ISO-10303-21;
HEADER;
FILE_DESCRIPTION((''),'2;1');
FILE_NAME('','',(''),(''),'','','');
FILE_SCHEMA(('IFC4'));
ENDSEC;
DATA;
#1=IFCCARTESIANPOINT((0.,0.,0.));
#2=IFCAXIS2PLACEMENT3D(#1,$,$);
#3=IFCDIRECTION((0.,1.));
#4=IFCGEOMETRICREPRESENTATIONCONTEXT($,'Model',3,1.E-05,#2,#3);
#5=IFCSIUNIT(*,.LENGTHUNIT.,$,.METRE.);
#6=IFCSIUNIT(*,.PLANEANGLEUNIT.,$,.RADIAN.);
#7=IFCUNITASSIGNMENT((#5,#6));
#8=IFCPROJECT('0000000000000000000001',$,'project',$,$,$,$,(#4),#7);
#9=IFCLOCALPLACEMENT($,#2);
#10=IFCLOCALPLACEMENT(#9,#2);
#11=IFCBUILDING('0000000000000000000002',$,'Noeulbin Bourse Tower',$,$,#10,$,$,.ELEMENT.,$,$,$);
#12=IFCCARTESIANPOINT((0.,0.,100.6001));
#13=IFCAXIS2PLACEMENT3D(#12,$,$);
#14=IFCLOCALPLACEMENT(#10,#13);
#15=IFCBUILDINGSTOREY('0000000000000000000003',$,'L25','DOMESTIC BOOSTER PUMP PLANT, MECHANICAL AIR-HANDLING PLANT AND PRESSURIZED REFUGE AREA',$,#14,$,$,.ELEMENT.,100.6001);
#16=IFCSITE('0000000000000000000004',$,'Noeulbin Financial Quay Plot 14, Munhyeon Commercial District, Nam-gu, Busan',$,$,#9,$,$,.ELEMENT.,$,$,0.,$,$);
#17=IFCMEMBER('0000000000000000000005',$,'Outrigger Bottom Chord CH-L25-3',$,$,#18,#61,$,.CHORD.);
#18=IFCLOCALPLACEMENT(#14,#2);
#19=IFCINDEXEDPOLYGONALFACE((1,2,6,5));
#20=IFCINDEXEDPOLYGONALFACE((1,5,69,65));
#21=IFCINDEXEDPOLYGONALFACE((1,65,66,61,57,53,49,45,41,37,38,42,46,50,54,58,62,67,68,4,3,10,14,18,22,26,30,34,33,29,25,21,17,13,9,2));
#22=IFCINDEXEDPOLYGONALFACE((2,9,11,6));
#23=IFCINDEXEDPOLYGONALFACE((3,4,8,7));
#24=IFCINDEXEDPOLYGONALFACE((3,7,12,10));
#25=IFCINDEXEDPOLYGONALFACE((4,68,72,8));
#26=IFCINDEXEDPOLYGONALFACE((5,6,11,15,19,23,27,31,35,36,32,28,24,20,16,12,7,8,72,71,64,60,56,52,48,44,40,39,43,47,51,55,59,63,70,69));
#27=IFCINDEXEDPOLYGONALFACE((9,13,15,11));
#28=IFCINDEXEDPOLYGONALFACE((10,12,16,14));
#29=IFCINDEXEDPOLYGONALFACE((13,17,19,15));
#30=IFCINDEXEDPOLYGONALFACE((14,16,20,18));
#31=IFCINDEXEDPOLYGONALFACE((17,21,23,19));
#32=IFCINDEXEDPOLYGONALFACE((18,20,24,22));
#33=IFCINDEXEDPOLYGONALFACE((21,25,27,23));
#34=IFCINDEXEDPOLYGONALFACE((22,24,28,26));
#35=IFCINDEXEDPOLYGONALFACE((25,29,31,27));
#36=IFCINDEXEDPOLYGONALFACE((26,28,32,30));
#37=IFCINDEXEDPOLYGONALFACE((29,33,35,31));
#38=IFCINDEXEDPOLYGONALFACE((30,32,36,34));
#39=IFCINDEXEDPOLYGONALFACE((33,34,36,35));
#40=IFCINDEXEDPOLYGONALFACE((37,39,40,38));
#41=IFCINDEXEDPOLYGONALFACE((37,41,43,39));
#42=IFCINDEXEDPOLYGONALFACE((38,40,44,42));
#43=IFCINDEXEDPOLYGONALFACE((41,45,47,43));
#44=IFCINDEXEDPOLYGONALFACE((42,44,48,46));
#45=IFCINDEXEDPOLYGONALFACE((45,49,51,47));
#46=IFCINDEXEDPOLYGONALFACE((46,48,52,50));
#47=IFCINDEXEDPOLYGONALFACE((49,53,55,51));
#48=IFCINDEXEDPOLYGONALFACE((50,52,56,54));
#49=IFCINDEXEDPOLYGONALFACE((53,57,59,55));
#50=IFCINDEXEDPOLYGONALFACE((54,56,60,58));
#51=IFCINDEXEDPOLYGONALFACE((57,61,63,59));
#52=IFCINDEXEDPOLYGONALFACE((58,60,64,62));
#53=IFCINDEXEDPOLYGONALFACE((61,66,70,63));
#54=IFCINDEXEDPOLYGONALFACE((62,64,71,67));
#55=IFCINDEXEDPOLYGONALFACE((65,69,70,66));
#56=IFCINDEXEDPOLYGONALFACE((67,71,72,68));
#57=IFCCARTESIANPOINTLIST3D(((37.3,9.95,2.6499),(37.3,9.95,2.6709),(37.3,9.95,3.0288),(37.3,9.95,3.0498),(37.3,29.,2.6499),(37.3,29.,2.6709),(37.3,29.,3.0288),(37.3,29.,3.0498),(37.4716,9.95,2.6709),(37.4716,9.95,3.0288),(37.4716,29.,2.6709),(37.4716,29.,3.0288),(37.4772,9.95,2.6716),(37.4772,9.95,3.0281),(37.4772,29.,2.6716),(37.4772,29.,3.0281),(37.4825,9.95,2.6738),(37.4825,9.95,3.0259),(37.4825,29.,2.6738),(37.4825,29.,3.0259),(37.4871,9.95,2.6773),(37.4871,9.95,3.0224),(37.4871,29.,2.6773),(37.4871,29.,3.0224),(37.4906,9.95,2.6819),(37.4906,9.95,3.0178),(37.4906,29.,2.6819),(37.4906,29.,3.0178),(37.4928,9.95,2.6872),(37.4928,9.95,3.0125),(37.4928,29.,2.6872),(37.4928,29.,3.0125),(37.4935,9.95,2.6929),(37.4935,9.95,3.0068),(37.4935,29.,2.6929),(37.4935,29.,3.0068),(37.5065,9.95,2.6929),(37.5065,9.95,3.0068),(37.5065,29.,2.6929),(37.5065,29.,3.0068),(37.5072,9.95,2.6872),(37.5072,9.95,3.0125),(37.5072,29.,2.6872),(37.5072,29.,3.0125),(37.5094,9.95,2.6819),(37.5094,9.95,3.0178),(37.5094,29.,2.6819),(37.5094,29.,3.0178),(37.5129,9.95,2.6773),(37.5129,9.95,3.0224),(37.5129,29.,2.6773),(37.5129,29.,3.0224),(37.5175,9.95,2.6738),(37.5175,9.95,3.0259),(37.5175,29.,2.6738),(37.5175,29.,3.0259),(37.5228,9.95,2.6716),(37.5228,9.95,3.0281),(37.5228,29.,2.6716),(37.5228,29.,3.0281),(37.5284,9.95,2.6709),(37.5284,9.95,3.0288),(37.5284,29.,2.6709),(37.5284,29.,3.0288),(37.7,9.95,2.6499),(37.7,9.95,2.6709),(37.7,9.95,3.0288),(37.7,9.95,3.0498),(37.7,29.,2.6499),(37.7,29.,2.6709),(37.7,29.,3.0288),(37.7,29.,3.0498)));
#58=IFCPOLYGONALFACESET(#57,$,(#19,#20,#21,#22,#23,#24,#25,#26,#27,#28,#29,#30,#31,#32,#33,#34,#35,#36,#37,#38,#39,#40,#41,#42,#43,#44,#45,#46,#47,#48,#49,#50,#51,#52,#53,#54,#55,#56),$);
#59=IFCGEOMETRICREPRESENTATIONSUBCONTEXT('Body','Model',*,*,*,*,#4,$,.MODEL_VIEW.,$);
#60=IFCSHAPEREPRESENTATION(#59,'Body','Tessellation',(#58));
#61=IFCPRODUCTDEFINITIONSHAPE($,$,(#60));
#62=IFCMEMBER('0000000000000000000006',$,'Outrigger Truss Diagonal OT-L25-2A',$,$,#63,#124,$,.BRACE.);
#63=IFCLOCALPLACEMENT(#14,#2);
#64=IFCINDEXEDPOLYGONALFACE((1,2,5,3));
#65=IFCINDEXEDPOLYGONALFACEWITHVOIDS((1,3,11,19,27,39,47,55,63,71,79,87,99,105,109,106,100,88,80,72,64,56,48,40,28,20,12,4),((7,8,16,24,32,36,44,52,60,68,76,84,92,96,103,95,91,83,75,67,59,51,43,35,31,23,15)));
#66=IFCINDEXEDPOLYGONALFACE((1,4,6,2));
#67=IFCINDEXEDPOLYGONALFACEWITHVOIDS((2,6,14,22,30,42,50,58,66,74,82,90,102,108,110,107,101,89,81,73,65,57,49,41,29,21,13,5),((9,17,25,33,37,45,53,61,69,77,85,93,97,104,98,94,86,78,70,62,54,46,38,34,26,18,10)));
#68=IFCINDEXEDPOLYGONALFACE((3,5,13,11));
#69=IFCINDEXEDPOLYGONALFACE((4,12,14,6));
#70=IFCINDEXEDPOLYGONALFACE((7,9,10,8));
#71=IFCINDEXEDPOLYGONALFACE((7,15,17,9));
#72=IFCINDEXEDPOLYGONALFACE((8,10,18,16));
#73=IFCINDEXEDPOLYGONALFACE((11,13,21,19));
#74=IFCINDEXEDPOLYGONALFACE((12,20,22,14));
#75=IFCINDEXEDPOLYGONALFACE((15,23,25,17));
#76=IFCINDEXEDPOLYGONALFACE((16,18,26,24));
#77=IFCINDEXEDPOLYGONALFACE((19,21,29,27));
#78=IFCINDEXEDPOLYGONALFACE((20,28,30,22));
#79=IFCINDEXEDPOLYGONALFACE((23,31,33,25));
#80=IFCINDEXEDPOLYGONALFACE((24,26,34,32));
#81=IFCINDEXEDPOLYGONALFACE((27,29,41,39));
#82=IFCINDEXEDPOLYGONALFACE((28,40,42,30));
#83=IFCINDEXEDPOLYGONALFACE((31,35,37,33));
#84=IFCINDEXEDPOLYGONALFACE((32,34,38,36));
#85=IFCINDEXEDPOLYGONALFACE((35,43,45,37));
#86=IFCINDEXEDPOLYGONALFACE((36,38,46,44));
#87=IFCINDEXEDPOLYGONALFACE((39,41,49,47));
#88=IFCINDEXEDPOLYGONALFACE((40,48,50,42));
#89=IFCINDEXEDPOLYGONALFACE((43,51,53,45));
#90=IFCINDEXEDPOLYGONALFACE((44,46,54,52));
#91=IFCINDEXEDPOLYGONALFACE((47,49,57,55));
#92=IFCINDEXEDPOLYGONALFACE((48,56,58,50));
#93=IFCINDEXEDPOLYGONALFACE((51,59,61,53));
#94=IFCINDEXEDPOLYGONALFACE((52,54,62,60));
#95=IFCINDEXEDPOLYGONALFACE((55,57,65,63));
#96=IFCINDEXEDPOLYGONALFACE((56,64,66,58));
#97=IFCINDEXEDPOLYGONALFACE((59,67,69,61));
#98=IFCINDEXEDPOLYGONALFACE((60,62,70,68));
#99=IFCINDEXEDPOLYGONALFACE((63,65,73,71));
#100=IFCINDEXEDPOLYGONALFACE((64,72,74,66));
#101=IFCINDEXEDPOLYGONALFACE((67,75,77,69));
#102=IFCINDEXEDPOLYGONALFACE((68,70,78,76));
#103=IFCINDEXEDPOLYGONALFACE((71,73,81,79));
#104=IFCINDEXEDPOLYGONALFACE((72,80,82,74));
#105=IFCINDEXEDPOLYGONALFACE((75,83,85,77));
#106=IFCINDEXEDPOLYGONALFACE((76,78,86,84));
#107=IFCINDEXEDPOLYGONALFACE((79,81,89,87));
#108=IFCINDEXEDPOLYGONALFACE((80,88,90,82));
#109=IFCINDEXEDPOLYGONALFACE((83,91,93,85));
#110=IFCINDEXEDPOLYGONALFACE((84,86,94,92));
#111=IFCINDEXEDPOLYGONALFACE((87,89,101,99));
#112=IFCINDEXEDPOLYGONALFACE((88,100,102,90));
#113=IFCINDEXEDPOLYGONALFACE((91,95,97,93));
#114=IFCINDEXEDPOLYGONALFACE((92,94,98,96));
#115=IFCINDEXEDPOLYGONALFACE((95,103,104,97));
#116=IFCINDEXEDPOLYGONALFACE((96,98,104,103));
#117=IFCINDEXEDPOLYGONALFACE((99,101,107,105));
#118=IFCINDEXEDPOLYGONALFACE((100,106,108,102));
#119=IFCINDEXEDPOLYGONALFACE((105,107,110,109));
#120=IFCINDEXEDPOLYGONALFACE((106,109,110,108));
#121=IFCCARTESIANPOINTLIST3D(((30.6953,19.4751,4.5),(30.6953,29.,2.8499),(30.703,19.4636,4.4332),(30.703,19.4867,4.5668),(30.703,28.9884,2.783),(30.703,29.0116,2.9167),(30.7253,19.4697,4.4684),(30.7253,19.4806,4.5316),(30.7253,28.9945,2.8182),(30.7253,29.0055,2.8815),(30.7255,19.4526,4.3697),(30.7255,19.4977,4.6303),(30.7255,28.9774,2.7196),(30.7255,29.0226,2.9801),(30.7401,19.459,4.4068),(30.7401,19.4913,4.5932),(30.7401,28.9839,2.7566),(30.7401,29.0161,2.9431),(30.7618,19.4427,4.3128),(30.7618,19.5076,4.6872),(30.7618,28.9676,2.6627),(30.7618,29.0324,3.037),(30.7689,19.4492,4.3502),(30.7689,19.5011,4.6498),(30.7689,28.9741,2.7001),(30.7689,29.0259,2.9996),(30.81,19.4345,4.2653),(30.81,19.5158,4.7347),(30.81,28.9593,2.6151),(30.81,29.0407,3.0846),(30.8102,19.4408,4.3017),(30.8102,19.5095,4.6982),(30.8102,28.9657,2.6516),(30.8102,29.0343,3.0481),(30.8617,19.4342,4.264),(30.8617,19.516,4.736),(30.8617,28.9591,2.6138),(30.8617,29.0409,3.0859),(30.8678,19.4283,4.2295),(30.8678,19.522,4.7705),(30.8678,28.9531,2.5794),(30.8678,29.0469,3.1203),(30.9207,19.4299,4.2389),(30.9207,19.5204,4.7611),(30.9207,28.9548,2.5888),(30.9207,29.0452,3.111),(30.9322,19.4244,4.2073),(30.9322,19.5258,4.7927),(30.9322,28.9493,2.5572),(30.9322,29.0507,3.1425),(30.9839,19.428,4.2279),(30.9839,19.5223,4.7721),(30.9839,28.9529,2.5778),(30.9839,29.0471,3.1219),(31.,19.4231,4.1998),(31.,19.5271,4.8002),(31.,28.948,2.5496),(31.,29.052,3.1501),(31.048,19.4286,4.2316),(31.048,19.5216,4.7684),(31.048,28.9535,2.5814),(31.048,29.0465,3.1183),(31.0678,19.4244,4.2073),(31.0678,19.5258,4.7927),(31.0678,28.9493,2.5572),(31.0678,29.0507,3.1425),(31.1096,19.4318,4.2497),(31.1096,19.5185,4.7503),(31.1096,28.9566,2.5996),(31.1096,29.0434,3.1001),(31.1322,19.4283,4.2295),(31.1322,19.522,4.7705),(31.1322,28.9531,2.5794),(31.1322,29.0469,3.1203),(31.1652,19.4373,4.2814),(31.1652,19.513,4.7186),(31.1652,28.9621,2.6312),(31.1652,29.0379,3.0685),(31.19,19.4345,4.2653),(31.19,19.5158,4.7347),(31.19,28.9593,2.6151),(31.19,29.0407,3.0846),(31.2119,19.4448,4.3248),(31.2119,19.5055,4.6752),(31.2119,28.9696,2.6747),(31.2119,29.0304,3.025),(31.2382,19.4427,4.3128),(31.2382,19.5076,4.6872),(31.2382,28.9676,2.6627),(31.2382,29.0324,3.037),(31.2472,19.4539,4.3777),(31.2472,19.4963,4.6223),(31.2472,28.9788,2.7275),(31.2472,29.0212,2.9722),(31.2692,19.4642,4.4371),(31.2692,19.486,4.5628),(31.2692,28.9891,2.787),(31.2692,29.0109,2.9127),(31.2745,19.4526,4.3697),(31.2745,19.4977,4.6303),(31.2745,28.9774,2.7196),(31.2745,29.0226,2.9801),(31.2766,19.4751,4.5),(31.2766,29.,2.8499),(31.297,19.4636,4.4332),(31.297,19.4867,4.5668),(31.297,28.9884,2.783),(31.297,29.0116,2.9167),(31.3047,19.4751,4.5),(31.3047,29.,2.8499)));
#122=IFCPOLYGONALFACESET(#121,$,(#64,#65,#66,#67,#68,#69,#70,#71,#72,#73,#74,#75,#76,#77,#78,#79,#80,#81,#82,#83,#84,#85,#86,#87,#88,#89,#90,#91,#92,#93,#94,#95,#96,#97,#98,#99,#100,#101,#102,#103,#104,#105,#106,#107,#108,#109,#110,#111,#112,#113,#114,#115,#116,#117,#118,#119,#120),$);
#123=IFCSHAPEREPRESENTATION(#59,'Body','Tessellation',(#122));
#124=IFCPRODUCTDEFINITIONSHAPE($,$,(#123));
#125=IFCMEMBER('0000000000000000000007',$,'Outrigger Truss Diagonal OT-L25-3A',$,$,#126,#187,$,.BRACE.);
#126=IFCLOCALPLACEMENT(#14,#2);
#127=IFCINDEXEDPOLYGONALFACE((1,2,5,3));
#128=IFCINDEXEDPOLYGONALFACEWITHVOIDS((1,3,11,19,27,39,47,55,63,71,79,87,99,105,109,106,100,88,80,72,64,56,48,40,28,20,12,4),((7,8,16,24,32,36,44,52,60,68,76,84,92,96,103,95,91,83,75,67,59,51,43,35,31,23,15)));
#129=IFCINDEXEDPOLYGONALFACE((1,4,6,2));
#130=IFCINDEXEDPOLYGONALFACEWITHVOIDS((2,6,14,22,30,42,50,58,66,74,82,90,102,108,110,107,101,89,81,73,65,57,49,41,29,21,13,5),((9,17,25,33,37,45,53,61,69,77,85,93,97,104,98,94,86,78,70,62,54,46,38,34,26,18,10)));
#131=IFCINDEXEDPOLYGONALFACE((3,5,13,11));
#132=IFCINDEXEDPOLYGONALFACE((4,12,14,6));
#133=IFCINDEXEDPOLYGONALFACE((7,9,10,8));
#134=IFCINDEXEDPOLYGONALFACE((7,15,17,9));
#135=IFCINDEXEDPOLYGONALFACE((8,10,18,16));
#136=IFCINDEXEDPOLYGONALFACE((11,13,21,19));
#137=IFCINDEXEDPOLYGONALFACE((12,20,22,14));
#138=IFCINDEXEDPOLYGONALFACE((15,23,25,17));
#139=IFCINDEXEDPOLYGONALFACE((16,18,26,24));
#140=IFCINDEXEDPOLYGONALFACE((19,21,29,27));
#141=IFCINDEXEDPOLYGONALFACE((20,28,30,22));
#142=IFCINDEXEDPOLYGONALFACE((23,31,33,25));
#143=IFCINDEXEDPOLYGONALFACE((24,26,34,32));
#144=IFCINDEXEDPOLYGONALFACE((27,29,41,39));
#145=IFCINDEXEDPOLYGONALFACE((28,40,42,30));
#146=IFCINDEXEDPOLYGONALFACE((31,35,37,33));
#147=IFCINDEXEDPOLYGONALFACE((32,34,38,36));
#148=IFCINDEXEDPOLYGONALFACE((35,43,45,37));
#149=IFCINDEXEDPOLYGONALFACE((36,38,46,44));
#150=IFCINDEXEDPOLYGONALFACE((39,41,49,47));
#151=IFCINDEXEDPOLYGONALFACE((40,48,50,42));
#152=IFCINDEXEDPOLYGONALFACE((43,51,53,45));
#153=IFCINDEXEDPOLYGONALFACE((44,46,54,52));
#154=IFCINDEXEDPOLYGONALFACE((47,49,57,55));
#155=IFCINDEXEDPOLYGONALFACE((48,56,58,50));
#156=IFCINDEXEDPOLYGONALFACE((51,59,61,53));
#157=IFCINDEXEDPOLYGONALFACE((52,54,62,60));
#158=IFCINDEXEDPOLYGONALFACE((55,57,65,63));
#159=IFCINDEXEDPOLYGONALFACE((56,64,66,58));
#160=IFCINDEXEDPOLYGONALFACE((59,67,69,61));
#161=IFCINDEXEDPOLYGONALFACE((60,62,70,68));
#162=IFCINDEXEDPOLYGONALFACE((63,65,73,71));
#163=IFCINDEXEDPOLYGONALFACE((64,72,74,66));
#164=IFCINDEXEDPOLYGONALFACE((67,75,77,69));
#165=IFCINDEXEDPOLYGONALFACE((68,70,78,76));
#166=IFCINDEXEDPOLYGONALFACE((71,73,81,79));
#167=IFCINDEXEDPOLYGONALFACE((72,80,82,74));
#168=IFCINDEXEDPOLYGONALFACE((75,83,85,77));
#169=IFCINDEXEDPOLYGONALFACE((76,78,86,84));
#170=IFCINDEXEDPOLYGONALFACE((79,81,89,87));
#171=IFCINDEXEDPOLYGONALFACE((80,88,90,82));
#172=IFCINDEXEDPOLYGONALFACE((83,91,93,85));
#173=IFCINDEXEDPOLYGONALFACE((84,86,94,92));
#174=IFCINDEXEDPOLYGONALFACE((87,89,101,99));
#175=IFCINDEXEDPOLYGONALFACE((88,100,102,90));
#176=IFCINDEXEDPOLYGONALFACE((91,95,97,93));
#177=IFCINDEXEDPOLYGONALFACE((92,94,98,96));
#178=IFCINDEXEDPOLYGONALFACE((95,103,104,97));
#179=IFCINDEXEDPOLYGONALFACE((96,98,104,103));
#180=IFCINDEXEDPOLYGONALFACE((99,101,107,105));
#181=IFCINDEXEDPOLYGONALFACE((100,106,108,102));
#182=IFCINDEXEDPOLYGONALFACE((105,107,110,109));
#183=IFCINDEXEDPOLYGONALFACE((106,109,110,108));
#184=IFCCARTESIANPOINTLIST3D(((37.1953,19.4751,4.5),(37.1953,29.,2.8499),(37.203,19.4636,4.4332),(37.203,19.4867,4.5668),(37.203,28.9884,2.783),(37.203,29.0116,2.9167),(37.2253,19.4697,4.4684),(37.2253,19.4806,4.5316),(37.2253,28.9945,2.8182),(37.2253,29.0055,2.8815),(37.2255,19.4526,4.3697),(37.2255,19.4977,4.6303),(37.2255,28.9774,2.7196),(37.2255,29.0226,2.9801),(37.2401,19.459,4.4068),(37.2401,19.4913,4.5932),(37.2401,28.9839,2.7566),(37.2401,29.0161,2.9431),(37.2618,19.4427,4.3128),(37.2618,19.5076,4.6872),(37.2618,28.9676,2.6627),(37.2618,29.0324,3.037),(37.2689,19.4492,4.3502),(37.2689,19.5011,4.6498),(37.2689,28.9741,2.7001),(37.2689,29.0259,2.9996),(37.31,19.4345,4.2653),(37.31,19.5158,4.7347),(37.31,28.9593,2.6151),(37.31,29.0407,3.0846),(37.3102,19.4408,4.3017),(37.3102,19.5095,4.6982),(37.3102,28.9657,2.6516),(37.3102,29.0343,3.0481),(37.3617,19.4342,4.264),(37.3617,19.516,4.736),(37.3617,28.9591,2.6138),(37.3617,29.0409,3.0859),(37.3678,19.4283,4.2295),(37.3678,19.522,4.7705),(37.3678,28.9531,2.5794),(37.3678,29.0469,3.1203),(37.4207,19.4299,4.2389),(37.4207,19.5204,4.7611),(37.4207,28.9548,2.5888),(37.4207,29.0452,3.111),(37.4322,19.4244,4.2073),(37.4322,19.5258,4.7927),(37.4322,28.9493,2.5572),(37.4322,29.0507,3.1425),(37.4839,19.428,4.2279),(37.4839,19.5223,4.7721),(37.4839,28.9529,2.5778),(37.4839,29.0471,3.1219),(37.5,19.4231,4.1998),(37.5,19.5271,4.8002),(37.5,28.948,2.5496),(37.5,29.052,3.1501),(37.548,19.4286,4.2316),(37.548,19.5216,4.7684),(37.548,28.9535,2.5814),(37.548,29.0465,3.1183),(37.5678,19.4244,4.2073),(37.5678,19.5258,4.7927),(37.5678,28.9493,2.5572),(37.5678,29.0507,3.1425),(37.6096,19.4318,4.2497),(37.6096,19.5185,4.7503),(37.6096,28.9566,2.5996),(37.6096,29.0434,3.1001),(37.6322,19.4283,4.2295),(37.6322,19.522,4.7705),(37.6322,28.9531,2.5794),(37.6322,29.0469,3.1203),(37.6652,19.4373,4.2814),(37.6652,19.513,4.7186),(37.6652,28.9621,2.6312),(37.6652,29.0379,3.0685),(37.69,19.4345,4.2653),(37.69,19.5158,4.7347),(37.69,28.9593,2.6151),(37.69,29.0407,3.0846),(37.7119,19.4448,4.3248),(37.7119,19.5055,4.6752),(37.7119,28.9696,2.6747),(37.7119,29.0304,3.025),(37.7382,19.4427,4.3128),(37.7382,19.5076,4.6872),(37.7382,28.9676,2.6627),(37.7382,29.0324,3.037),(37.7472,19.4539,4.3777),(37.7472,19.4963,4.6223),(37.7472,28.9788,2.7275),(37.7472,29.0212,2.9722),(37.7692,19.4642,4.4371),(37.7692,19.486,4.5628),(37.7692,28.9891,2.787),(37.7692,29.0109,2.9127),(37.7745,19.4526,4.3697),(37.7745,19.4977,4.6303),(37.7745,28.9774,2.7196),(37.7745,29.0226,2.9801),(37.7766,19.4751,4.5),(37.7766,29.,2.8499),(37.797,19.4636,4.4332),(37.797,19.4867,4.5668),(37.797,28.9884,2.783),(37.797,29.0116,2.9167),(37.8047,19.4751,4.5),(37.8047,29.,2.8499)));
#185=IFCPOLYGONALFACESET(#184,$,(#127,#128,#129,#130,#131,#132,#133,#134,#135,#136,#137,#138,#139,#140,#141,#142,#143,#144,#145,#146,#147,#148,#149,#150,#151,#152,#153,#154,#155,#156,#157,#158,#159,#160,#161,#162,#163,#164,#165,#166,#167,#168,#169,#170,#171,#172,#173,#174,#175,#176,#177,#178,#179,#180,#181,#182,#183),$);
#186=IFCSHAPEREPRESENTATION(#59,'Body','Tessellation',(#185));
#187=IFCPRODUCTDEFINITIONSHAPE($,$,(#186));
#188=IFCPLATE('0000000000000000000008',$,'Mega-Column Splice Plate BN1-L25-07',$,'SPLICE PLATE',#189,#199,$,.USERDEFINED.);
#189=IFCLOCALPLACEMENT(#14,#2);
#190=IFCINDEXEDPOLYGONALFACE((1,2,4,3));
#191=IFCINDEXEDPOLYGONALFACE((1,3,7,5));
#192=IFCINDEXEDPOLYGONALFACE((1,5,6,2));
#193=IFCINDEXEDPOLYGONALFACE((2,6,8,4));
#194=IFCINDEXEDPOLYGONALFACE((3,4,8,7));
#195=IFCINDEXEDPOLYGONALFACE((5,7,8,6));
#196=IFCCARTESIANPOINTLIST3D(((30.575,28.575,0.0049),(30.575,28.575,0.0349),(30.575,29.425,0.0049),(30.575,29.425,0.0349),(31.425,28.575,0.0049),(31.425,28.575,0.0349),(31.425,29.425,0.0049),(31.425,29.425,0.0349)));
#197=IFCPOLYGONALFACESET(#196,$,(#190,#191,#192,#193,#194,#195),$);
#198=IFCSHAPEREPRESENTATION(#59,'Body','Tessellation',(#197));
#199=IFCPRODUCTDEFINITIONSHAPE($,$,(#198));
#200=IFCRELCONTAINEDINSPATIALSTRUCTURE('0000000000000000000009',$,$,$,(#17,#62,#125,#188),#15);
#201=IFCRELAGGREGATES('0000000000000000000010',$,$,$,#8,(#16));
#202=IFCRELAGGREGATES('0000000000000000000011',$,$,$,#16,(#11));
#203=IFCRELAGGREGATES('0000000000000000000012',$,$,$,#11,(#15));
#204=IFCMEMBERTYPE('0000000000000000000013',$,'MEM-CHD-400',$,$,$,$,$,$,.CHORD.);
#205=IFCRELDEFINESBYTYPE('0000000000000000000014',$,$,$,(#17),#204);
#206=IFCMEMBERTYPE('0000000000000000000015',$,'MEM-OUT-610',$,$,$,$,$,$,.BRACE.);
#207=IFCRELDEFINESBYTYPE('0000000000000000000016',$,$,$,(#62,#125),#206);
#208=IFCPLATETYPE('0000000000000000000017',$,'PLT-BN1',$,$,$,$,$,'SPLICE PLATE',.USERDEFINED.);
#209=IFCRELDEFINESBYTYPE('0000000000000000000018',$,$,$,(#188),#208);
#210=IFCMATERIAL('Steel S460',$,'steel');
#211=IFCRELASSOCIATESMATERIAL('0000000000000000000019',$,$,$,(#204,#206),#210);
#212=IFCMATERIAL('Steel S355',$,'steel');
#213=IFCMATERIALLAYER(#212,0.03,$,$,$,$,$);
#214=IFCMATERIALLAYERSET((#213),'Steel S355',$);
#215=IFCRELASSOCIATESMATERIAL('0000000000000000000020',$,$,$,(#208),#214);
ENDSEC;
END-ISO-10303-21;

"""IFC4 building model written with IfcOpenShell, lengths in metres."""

from ifc_helpers import new_model, si_unit, direction, frame, origin, origin_2d, place, context, subcontext, project, spatial, rectangle, hollow_circle, i_section, extrude, material, layer, layer_set, material_profile, profile_set, type_object, element, save


model = new_model("IFC4")

# Units and contexts
model_context = context("Model", 3, precision=1e-05, world=origin(), true_north=direction((0.0, 1.0)))
body_context = subcontext(model_context, "Body", "Model", "MODEL_VIEW")
ifc_project = project(units=[si_unit("LENGTHUNIT", "METRE"), si_unit("PLANEANGLEUNIT", "RADIAN")], contexts=[model_context])

# Site, building, storey
site_placement = place(None, origin())
site = spatial("IfcSite", under=ifc_project, at=site_placement, Name="Noeulbin Financial Quay Plot 14, Munhyeon Commercial District, Nam-gu, Busan", CompositionType="ELEMENT", RefElevation=0.0)
building_placement = place(site_placement, origin())
building = spatial("IfcBuilding", under=site, at=building_placement, Name="Noeulbin Bourse Tower", CompositionType="ELEMENT")
storey_placement = place(building_placement, frame((0.0, 0.0, 100.6001)))
storey = spatial("IfcBuildingStorey", under=building, at=storey_placement, Name="L25", Description="DOMESTIC BOOSTER PUMP PLANT, MECHANICAL AIR-HANDLING PLANT AND PRESSURIZED REFUGE AREA", CompositionType="ELEMENT", Elevation=100.6001)

# Shared definitions
ifc_material_1 = material(Name="Steel S460", Category="steel")

# Members
ifc_material_profile_1 = material_profile(ifc_material_1, i_section(OverallWidth=0.3999, OverallDepth=0.3999, WebThickness=0.0129, FlangeThickness=0.021, FilletRadius=0.022, at=origin_2d()), Name="H-400x400x13x21", Category="LoadBearing")
ifc_profile_set_1 = profile_set([ifc_material_profile_1], Name="Steel S460")
member_type_1 = type_object("IfcMemberType", Name="MEM-CHD-400", PredefinedType="CHORD", material=ifc_profile_set_1)
for number, where, z_axis, x_axis, name in (
    (1, (37.5, 29.0, 2.8499), (0.0, -1.0, 0.0), (1.0, 0.0, 0.0), "Outrigger Bottom Chord CH-L25-3"),
):
    element("IfcMember", number, at=place(storey_placement, frame(where, z_axis=z_axis, x_axis=x_axis)), inside=storey, type_object=member_type_1, Name=name, PredefinedType="CHORD", context=body_context, shape_type="SweptSolid", body=[
        extrude(i_section(OverallWidth=0.3999, OverallDepth=0.3999, WebThickness=0.0129, FlangeThickness=0.021, FilletRadius=0.022, at=origin_2d()), origin(), (0.0, 0.0, 1.0), 19.05),
    ])
ifc_material_profile_2 = material_profile(ifc_material_1, hollow_circle(Radius=0.3047, WallThickness=0.0281, at=origin_2d()), Name="CHS-609.6x28.0", Category="LoadBearing")
ifc_profile_set_2 = profile_set([ifc_material_profile_2], Name="Steel S460")
member_type_2 = type_object("IfcMemberType", Name="MEM-OUT-610", PredefinedType="BRACE", material=ifc_profile_set_2)
for number, where, z_axis, x_axis, name in (
    (2, (31.0, 29.0, 2.8499), (0.0, -0.985323, 0.170703), (1.0, 0.0, 0.0), "Outrigger Truss Diagonal OT-L25-2A"),
    (3, (37.5, 29.0, 2.8499), (0.0, -0.985323, 0.170703), (1.0, 0.0, 0.0), "Outrigger Truss Diagonal OT-L25-3A"),
):
    element("IfcMember", number, at=place(storey_placement, frame(where, z_axis=z_axis, x_axis=x_axis)), inside=storey, type_object=member_type_2, Name=name, PredefinedType="BRACE", context=body_context, shape_type="SweptSolid", body=[
        extrude(hollow_circle(Radius=0.3047, WallThickness=0.0281, at=origin_2d()), origin(), (0.0, 0.0, 1.0), 9.6667),
    ])

# Plate
ifc_material_2 = material(Name="Steel S355", Category="steel")
ifc_layer_1 = layer(ifc_material_2, 0.03)
ifc_layer_set_1 = layer_set([ifc_layer_1], Name="Steel S355")
plate_type_1 = type_object("IfcPlateType", Name="PLT-BN1", ElementType="SPLICE PLATE", PredefinedType="USERDEFINED", material=ifc_layer_set_1)
for number, where, z_axis, x_axis, name in (
    (4, (31.0, 29.0, 0.0049), (0.0, 0.0, 1.0), (1.0, 0.0, 0.0), "Mega-Column Splice Plate BN1-L25-07"),
):
    element("IfcPlate", number, at=place(storey_placement, frame(where, z_axis=z_axis, x_axis=x_axis)), inside=storey, type_object=plate_type_1, Name=name, ObjectType="SPLICE PLATE", PredefinedType="USERDEFINED", context=body_context, shape_type="SweptSolid", body=[
        extrude(rectangle(XDim=0.8501, YDim=0.8501, at=origin_2d()), origin(), (0.0, 0.0, 1.0), 0.03),
    ])

save(model, "model.ifc")
